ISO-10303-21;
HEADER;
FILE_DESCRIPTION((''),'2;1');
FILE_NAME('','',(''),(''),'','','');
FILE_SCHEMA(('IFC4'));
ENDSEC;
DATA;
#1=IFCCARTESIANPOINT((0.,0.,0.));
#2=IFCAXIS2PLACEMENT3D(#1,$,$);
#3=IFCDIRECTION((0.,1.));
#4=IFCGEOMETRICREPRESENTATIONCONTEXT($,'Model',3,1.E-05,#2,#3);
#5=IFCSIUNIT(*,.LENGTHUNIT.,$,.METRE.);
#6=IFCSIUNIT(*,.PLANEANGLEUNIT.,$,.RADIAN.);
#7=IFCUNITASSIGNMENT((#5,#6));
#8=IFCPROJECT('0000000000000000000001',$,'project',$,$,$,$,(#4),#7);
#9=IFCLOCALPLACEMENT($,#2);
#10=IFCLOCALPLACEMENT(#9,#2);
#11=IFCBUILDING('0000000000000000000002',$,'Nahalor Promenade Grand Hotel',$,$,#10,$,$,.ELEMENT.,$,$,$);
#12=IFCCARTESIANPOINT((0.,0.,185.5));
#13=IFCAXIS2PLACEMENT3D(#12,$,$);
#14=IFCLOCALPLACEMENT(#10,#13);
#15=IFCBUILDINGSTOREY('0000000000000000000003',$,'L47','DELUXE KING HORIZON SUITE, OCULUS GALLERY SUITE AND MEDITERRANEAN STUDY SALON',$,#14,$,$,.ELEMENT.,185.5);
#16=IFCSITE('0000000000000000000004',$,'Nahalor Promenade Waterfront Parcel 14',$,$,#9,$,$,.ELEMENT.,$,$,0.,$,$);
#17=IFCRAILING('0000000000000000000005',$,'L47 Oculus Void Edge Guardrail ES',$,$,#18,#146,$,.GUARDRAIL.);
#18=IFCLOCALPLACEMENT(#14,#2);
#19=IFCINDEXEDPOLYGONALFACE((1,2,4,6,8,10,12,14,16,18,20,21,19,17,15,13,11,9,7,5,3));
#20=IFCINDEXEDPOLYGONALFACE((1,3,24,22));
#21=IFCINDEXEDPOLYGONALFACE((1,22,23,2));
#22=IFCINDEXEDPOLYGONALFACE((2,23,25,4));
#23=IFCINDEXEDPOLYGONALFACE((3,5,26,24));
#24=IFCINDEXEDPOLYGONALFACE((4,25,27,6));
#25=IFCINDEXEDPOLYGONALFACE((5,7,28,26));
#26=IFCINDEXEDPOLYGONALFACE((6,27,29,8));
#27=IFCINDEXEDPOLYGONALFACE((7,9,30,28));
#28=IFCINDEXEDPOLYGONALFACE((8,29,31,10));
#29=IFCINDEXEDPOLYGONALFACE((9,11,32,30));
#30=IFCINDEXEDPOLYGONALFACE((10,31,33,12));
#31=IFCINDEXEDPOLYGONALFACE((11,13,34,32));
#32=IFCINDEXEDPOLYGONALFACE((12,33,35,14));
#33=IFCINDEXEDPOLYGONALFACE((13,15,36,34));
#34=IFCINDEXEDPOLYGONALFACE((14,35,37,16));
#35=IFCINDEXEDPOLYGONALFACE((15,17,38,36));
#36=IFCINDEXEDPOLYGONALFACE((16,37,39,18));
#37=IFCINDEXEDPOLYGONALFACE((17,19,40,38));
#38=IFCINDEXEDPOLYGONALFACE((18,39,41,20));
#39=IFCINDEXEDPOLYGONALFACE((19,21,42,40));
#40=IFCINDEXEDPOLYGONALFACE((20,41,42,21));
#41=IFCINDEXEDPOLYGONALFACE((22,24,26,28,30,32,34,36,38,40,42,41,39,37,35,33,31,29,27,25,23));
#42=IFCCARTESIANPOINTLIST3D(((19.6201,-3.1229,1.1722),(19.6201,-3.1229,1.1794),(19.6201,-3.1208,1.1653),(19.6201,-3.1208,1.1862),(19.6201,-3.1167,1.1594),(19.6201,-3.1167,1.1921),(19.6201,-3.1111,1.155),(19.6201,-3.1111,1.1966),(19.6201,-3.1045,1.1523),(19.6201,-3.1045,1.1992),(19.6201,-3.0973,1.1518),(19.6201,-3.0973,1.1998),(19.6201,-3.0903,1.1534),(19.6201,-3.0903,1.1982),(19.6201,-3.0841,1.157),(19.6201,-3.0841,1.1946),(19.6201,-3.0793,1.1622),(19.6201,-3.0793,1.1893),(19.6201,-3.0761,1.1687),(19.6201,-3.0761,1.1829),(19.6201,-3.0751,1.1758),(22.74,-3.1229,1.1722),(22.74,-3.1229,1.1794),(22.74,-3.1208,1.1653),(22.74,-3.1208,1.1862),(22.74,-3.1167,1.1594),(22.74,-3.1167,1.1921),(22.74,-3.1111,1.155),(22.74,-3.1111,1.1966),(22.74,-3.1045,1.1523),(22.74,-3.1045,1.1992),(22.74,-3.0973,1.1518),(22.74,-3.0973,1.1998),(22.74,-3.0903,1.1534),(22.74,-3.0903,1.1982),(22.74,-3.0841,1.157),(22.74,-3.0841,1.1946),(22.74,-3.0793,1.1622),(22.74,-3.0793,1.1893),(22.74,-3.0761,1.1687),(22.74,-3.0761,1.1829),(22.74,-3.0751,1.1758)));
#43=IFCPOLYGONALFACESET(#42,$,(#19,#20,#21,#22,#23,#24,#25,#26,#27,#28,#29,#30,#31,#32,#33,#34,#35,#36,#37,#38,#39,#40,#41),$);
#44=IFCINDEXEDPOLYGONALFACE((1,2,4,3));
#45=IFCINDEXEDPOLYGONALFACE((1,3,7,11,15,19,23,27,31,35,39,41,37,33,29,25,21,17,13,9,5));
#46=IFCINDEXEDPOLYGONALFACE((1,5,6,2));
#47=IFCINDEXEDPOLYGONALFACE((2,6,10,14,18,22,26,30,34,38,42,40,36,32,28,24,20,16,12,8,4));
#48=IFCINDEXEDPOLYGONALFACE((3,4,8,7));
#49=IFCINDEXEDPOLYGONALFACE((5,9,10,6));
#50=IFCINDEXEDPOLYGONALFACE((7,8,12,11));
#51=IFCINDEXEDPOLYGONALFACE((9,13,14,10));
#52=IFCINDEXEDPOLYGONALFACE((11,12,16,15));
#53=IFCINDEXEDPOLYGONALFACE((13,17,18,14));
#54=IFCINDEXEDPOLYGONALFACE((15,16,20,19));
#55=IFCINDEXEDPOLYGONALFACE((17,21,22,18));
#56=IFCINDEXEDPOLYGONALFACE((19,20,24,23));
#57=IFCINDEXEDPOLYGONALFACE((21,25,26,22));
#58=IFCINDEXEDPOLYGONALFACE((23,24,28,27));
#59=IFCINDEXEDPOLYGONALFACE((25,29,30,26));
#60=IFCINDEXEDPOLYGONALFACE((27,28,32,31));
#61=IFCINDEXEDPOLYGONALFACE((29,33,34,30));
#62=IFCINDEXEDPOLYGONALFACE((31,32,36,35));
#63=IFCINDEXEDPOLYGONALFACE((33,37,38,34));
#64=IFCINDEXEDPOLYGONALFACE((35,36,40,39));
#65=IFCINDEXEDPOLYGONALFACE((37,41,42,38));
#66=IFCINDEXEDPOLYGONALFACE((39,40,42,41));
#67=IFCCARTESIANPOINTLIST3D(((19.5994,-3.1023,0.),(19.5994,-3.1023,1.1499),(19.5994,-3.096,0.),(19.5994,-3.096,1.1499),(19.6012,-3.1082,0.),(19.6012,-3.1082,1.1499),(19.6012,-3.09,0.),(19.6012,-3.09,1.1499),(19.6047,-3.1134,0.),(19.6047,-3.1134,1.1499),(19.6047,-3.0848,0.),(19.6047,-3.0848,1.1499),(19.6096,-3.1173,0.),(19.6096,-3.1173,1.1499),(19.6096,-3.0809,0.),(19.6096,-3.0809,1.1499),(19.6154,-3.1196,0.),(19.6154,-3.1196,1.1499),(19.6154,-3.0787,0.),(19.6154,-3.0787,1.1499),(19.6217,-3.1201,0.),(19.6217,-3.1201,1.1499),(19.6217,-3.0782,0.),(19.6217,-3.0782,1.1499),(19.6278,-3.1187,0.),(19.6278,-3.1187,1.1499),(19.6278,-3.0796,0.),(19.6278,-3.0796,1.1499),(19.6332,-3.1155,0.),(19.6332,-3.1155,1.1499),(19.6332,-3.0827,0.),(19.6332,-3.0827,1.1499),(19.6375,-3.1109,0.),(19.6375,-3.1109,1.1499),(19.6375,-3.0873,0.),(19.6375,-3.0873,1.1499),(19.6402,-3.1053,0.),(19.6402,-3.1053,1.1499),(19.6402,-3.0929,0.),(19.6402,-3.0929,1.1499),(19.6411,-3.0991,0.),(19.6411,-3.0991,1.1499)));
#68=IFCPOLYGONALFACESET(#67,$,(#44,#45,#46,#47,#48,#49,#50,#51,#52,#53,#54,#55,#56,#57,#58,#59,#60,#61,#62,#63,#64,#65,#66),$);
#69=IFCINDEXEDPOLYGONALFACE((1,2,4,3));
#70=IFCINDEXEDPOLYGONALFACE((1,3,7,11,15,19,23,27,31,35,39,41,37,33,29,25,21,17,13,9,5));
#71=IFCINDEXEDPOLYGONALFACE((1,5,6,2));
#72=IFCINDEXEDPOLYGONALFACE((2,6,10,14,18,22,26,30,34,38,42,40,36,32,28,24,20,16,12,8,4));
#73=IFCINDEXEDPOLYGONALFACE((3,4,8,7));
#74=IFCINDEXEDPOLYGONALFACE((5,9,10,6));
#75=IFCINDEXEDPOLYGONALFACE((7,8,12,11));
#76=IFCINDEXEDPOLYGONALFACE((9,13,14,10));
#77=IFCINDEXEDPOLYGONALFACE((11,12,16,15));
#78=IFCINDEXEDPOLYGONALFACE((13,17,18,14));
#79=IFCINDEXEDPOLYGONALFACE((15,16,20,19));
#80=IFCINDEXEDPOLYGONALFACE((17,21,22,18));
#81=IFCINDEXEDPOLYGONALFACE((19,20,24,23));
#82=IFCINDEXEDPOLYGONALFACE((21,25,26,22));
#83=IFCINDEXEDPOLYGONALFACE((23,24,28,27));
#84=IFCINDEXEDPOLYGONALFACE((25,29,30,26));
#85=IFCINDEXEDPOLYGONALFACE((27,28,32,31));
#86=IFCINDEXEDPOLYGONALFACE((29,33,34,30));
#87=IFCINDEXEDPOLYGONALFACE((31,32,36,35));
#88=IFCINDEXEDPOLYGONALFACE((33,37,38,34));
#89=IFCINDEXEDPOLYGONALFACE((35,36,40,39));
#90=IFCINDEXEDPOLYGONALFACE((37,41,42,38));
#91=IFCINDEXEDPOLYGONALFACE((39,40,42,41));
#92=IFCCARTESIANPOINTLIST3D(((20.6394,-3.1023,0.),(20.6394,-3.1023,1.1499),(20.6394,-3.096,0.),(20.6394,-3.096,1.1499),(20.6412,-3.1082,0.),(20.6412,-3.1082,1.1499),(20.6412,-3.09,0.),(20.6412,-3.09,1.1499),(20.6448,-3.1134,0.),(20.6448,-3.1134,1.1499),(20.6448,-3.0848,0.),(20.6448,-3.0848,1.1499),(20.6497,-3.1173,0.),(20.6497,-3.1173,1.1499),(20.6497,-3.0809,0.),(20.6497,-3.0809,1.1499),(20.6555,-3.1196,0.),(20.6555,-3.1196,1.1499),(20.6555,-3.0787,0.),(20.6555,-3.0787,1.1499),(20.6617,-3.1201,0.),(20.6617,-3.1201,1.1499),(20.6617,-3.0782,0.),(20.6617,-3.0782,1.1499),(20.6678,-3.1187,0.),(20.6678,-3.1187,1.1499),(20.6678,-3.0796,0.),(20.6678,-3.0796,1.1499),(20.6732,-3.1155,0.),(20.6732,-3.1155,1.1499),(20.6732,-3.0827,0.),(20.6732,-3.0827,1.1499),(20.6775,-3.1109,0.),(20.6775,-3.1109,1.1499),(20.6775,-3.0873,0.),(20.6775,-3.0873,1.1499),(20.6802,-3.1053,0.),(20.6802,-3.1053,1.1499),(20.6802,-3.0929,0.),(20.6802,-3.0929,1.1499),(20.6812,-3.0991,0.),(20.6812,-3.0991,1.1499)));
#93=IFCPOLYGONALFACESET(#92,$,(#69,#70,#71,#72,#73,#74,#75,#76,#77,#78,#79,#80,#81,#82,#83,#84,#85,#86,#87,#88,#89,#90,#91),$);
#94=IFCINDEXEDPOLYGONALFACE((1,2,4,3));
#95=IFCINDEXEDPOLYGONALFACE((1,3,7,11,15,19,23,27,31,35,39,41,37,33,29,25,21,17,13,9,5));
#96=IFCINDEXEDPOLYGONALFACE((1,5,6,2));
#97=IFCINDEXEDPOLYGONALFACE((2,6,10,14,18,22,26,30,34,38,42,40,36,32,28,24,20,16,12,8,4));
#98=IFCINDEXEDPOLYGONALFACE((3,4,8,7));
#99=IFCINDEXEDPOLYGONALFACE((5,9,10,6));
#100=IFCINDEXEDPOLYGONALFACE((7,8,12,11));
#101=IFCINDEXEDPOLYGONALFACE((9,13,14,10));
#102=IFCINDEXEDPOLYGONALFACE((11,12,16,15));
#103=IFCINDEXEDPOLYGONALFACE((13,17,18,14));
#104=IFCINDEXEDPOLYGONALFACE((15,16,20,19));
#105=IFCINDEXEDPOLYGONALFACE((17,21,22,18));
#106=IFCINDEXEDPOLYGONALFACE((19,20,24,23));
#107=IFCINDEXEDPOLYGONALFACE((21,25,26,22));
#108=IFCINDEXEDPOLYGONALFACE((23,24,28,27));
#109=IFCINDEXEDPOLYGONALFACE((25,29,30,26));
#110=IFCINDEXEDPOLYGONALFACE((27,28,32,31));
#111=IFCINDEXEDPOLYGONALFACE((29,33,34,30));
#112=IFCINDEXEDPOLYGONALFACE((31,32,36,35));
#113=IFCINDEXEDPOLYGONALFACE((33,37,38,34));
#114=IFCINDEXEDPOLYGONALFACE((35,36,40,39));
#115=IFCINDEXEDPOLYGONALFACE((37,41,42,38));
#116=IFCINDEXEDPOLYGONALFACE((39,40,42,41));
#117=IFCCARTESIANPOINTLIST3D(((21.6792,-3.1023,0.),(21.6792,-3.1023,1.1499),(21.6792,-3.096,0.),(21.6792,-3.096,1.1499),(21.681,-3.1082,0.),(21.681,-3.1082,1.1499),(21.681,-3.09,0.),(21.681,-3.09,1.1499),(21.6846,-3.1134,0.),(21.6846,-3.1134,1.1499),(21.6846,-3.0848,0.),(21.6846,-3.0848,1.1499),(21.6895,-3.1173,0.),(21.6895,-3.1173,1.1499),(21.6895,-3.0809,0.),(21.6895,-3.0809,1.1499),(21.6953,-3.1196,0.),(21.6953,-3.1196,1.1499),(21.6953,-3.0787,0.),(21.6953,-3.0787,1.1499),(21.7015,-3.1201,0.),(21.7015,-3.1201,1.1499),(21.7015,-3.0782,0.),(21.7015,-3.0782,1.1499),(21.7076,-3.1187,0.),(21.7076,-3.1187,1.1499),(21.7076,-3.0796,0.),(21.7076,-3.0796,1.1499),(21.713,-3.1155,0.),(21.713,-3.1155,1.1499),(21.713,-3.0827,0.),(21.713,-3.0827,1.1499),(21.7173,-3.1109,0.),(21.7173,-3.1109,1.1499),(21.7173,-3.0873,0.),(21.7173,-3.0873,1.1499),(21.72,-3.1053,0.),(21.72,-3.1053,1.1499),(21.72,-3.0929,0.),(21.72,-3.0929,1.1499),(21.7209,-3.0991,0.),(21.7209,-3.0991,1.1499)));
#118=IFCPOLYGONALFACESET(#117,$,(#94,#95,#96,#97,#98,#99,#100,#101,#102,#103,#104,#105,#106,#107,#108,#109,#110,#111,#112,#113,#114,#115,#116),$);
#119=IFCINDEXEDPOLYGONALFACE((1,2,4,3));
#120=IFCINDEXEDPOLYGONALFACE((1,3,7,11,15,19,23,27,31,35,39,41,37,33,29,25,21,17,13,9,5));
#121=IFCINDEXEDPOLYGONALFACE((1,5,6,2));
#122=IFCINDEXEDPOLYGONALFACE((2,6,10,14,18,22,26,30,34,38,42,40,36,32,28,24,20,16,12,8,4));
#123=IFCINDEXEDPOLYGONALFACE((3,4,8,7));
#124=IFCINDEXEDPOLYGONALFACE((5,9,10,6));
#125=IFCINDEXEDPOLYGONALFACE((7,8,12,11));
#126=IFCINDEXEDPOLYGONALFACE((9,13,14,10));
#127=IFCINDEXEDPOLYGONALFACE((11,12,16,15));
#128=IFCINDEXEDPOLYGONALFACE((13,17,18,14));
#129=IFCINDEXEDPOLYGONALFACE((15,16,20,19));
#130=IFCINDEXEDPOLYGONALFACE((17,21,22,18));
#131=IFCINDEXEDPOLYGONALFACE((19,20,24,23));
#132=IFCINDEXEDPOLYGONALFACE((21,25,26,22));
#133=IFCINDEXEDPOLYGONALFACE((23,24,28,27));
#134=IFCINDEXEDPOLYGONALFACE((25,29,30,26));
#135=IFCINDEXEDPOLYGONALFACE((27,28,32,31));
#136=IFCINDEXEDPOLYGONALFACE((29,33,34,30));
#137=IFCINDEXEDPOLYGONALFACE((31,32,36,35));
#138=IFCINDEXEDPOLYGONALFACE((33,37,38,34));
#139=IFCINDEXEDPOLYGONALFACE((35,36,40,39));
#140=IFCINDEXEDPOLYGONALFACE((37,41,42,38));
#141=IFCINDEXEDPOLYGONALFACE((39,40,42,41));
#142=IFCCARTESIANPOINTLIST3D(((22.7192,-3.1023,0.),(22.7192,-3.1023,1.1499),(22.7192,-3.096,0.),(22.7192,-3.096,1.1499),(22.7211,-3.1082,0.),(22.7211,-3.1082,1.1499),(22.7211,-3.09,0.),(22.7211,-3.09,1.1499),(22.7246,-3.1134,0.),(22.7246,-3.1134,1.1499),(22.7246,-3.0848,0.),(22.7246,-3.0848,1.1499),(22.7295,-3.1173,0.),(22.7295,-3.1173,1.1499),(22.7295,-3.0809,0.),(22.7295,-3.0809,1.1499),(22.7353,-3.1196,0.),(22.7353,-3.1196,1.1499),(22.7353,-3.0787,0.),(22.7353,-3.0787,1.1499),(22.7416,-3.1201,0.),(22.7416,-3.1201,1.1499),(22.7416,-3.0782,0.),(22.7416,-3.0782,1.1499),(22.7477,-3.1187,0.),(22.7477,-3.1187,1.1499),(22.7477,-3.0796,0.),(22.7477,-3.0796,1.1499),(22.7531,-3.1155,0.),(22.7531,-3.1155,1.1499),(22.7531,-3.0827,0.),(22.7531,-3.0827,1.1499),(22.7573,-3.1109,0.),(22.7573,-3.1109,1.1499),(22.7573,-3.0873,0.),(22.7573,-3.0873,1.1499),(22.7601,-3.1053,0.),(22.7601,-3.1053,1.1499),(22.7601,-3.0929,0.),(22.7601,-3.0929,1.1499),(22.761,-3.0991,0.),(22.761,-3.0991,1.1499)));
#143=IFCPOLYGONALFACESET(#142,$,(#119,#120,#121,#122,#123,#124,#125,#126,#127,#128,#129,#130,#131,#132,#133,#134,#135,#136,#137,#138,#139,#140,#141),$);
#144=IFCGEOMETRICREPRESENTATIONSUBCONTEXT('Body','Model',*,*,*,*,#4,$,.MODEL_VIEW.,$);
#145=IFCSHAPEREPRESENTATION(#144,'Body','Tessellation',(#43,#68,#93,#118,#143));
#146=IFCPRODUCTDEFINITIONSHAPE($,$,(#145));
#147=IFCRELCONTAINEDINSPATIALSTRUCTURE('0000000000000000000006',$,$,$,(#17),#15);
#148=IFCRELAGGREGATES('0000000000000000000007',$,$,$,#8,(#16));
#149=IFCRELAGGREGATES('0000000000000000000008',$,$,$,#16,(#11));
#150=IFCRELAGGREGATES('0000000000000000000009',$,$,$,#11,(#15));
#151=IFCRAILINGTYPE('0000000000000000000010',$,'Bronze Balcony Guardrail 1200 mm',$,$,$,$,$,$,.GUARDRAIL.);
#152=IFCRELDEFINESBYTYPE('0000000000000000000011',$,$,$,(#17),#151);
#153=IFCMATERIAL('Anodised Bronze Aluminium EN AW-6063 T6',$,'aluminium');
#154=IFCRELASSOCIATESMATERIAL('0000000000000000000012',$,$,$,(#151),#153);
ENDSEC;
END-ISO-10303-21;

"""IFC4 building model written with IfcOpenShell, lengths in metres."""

from ifc_helpers import new_model, si_unit, direction, frame, origin, origin_2d, place, context, subcontext, project, spatial, circle, extrude, material, type_object, element, save


model = new_model("IFC4")

# Units and contexts
model_context = context("Model", 3, precision=1e-05, world=origin(), true_north=direction((0.0, 1.0)))
body_context = subcontext(model_context, "Body", "Model", "MODEL_VIEW")
ifc_project = project(units=[si_unit("LENGTHUNIT", "METRE"), si_unit("PLANEANGLEUNIT", "RADIAN")], contexts=[model_context])

# Site, building, storey
site_placement = place(None, origin())
site = spatial("IfcSite", under=ifc_project, at=site_placement, Name="Nahalor Promenade Waterfront Parcel 14", CompositionType="ELEMENT", RefElevation=0.0)
building_placement = place(site_placement, origin())
building = spatial("IfcBuilding", under=site, at=building_placement, Name="Nahalor Promenade Grand Hotel", CompositionType="ELEMENT")
storey_placement = place(building_placement, frame((0.0, 0.0, 185.5)))
storey = spatial("IfcBuildingStorey", under=building, at=storey_placement, Name="L47", Description="DELUXE KING HORIZON SUITE, OCULUS GALLERY SUITE AND MEDITERRANEAN STUDY SALON", CompositionType="ELEMENT", Elevation=185.5)

# Shared definitions
ifc_material_1 = material(Name="Anodised Bronze Aluminium EN AW-6063 T6", Category="aluminium")

# Railing
railing_type = type_object("IfcRailingType", Name="Bronze Balcony Guardrail 1200 mm", PredefinedType="GUARDRAIL", material=ifc_material_1)
for number, where, name in (
    (1, (19.6201, -3.0991, 0.0), "L47 Oculus Void Edge Guardrail ES"),
):
    element("IfcRailing", number, at=place(storey_placement, frame(where)), inside=storey, type_object=railing_type, Name=name, PredefinedType="GUARDRAIL", context=body_context, shape_type="SweptSolid", body=[
        extrude(circle(Radius=0.024, at=origin_2d()), frame((0.0, 0.0, 1.1758), z_axis=(1.0, 0.0, 0.0), x_axis=(0.0, 1.0, 0.0)), (0.0, 0.0, 1.0), 3.1199),
        extrude(circle(Radius=0.021, at=origin_2d()), origin(), (0.0, 0.0, 1.0), 1.1499),
        extrude(circle(Radius=0.021, at=origin_2d()), frame((1.04, 0.0, 0.0)), (0.0, 0.0, 1.0), 1.1499),
        extrude(circle(Radius=0.021, at=origin_2d()), frame((2.0798, 0.0, 0.0)), (0.0, 0.0, 1.0), 1.1499),
        extrude(circle(Radius=0.021, at=origin_2d()), frame((3.1199, 0.0, 0.0)), (0.0, 0.0, 1.0), 1.1499),
    ])

save(model, "model.ifc")
